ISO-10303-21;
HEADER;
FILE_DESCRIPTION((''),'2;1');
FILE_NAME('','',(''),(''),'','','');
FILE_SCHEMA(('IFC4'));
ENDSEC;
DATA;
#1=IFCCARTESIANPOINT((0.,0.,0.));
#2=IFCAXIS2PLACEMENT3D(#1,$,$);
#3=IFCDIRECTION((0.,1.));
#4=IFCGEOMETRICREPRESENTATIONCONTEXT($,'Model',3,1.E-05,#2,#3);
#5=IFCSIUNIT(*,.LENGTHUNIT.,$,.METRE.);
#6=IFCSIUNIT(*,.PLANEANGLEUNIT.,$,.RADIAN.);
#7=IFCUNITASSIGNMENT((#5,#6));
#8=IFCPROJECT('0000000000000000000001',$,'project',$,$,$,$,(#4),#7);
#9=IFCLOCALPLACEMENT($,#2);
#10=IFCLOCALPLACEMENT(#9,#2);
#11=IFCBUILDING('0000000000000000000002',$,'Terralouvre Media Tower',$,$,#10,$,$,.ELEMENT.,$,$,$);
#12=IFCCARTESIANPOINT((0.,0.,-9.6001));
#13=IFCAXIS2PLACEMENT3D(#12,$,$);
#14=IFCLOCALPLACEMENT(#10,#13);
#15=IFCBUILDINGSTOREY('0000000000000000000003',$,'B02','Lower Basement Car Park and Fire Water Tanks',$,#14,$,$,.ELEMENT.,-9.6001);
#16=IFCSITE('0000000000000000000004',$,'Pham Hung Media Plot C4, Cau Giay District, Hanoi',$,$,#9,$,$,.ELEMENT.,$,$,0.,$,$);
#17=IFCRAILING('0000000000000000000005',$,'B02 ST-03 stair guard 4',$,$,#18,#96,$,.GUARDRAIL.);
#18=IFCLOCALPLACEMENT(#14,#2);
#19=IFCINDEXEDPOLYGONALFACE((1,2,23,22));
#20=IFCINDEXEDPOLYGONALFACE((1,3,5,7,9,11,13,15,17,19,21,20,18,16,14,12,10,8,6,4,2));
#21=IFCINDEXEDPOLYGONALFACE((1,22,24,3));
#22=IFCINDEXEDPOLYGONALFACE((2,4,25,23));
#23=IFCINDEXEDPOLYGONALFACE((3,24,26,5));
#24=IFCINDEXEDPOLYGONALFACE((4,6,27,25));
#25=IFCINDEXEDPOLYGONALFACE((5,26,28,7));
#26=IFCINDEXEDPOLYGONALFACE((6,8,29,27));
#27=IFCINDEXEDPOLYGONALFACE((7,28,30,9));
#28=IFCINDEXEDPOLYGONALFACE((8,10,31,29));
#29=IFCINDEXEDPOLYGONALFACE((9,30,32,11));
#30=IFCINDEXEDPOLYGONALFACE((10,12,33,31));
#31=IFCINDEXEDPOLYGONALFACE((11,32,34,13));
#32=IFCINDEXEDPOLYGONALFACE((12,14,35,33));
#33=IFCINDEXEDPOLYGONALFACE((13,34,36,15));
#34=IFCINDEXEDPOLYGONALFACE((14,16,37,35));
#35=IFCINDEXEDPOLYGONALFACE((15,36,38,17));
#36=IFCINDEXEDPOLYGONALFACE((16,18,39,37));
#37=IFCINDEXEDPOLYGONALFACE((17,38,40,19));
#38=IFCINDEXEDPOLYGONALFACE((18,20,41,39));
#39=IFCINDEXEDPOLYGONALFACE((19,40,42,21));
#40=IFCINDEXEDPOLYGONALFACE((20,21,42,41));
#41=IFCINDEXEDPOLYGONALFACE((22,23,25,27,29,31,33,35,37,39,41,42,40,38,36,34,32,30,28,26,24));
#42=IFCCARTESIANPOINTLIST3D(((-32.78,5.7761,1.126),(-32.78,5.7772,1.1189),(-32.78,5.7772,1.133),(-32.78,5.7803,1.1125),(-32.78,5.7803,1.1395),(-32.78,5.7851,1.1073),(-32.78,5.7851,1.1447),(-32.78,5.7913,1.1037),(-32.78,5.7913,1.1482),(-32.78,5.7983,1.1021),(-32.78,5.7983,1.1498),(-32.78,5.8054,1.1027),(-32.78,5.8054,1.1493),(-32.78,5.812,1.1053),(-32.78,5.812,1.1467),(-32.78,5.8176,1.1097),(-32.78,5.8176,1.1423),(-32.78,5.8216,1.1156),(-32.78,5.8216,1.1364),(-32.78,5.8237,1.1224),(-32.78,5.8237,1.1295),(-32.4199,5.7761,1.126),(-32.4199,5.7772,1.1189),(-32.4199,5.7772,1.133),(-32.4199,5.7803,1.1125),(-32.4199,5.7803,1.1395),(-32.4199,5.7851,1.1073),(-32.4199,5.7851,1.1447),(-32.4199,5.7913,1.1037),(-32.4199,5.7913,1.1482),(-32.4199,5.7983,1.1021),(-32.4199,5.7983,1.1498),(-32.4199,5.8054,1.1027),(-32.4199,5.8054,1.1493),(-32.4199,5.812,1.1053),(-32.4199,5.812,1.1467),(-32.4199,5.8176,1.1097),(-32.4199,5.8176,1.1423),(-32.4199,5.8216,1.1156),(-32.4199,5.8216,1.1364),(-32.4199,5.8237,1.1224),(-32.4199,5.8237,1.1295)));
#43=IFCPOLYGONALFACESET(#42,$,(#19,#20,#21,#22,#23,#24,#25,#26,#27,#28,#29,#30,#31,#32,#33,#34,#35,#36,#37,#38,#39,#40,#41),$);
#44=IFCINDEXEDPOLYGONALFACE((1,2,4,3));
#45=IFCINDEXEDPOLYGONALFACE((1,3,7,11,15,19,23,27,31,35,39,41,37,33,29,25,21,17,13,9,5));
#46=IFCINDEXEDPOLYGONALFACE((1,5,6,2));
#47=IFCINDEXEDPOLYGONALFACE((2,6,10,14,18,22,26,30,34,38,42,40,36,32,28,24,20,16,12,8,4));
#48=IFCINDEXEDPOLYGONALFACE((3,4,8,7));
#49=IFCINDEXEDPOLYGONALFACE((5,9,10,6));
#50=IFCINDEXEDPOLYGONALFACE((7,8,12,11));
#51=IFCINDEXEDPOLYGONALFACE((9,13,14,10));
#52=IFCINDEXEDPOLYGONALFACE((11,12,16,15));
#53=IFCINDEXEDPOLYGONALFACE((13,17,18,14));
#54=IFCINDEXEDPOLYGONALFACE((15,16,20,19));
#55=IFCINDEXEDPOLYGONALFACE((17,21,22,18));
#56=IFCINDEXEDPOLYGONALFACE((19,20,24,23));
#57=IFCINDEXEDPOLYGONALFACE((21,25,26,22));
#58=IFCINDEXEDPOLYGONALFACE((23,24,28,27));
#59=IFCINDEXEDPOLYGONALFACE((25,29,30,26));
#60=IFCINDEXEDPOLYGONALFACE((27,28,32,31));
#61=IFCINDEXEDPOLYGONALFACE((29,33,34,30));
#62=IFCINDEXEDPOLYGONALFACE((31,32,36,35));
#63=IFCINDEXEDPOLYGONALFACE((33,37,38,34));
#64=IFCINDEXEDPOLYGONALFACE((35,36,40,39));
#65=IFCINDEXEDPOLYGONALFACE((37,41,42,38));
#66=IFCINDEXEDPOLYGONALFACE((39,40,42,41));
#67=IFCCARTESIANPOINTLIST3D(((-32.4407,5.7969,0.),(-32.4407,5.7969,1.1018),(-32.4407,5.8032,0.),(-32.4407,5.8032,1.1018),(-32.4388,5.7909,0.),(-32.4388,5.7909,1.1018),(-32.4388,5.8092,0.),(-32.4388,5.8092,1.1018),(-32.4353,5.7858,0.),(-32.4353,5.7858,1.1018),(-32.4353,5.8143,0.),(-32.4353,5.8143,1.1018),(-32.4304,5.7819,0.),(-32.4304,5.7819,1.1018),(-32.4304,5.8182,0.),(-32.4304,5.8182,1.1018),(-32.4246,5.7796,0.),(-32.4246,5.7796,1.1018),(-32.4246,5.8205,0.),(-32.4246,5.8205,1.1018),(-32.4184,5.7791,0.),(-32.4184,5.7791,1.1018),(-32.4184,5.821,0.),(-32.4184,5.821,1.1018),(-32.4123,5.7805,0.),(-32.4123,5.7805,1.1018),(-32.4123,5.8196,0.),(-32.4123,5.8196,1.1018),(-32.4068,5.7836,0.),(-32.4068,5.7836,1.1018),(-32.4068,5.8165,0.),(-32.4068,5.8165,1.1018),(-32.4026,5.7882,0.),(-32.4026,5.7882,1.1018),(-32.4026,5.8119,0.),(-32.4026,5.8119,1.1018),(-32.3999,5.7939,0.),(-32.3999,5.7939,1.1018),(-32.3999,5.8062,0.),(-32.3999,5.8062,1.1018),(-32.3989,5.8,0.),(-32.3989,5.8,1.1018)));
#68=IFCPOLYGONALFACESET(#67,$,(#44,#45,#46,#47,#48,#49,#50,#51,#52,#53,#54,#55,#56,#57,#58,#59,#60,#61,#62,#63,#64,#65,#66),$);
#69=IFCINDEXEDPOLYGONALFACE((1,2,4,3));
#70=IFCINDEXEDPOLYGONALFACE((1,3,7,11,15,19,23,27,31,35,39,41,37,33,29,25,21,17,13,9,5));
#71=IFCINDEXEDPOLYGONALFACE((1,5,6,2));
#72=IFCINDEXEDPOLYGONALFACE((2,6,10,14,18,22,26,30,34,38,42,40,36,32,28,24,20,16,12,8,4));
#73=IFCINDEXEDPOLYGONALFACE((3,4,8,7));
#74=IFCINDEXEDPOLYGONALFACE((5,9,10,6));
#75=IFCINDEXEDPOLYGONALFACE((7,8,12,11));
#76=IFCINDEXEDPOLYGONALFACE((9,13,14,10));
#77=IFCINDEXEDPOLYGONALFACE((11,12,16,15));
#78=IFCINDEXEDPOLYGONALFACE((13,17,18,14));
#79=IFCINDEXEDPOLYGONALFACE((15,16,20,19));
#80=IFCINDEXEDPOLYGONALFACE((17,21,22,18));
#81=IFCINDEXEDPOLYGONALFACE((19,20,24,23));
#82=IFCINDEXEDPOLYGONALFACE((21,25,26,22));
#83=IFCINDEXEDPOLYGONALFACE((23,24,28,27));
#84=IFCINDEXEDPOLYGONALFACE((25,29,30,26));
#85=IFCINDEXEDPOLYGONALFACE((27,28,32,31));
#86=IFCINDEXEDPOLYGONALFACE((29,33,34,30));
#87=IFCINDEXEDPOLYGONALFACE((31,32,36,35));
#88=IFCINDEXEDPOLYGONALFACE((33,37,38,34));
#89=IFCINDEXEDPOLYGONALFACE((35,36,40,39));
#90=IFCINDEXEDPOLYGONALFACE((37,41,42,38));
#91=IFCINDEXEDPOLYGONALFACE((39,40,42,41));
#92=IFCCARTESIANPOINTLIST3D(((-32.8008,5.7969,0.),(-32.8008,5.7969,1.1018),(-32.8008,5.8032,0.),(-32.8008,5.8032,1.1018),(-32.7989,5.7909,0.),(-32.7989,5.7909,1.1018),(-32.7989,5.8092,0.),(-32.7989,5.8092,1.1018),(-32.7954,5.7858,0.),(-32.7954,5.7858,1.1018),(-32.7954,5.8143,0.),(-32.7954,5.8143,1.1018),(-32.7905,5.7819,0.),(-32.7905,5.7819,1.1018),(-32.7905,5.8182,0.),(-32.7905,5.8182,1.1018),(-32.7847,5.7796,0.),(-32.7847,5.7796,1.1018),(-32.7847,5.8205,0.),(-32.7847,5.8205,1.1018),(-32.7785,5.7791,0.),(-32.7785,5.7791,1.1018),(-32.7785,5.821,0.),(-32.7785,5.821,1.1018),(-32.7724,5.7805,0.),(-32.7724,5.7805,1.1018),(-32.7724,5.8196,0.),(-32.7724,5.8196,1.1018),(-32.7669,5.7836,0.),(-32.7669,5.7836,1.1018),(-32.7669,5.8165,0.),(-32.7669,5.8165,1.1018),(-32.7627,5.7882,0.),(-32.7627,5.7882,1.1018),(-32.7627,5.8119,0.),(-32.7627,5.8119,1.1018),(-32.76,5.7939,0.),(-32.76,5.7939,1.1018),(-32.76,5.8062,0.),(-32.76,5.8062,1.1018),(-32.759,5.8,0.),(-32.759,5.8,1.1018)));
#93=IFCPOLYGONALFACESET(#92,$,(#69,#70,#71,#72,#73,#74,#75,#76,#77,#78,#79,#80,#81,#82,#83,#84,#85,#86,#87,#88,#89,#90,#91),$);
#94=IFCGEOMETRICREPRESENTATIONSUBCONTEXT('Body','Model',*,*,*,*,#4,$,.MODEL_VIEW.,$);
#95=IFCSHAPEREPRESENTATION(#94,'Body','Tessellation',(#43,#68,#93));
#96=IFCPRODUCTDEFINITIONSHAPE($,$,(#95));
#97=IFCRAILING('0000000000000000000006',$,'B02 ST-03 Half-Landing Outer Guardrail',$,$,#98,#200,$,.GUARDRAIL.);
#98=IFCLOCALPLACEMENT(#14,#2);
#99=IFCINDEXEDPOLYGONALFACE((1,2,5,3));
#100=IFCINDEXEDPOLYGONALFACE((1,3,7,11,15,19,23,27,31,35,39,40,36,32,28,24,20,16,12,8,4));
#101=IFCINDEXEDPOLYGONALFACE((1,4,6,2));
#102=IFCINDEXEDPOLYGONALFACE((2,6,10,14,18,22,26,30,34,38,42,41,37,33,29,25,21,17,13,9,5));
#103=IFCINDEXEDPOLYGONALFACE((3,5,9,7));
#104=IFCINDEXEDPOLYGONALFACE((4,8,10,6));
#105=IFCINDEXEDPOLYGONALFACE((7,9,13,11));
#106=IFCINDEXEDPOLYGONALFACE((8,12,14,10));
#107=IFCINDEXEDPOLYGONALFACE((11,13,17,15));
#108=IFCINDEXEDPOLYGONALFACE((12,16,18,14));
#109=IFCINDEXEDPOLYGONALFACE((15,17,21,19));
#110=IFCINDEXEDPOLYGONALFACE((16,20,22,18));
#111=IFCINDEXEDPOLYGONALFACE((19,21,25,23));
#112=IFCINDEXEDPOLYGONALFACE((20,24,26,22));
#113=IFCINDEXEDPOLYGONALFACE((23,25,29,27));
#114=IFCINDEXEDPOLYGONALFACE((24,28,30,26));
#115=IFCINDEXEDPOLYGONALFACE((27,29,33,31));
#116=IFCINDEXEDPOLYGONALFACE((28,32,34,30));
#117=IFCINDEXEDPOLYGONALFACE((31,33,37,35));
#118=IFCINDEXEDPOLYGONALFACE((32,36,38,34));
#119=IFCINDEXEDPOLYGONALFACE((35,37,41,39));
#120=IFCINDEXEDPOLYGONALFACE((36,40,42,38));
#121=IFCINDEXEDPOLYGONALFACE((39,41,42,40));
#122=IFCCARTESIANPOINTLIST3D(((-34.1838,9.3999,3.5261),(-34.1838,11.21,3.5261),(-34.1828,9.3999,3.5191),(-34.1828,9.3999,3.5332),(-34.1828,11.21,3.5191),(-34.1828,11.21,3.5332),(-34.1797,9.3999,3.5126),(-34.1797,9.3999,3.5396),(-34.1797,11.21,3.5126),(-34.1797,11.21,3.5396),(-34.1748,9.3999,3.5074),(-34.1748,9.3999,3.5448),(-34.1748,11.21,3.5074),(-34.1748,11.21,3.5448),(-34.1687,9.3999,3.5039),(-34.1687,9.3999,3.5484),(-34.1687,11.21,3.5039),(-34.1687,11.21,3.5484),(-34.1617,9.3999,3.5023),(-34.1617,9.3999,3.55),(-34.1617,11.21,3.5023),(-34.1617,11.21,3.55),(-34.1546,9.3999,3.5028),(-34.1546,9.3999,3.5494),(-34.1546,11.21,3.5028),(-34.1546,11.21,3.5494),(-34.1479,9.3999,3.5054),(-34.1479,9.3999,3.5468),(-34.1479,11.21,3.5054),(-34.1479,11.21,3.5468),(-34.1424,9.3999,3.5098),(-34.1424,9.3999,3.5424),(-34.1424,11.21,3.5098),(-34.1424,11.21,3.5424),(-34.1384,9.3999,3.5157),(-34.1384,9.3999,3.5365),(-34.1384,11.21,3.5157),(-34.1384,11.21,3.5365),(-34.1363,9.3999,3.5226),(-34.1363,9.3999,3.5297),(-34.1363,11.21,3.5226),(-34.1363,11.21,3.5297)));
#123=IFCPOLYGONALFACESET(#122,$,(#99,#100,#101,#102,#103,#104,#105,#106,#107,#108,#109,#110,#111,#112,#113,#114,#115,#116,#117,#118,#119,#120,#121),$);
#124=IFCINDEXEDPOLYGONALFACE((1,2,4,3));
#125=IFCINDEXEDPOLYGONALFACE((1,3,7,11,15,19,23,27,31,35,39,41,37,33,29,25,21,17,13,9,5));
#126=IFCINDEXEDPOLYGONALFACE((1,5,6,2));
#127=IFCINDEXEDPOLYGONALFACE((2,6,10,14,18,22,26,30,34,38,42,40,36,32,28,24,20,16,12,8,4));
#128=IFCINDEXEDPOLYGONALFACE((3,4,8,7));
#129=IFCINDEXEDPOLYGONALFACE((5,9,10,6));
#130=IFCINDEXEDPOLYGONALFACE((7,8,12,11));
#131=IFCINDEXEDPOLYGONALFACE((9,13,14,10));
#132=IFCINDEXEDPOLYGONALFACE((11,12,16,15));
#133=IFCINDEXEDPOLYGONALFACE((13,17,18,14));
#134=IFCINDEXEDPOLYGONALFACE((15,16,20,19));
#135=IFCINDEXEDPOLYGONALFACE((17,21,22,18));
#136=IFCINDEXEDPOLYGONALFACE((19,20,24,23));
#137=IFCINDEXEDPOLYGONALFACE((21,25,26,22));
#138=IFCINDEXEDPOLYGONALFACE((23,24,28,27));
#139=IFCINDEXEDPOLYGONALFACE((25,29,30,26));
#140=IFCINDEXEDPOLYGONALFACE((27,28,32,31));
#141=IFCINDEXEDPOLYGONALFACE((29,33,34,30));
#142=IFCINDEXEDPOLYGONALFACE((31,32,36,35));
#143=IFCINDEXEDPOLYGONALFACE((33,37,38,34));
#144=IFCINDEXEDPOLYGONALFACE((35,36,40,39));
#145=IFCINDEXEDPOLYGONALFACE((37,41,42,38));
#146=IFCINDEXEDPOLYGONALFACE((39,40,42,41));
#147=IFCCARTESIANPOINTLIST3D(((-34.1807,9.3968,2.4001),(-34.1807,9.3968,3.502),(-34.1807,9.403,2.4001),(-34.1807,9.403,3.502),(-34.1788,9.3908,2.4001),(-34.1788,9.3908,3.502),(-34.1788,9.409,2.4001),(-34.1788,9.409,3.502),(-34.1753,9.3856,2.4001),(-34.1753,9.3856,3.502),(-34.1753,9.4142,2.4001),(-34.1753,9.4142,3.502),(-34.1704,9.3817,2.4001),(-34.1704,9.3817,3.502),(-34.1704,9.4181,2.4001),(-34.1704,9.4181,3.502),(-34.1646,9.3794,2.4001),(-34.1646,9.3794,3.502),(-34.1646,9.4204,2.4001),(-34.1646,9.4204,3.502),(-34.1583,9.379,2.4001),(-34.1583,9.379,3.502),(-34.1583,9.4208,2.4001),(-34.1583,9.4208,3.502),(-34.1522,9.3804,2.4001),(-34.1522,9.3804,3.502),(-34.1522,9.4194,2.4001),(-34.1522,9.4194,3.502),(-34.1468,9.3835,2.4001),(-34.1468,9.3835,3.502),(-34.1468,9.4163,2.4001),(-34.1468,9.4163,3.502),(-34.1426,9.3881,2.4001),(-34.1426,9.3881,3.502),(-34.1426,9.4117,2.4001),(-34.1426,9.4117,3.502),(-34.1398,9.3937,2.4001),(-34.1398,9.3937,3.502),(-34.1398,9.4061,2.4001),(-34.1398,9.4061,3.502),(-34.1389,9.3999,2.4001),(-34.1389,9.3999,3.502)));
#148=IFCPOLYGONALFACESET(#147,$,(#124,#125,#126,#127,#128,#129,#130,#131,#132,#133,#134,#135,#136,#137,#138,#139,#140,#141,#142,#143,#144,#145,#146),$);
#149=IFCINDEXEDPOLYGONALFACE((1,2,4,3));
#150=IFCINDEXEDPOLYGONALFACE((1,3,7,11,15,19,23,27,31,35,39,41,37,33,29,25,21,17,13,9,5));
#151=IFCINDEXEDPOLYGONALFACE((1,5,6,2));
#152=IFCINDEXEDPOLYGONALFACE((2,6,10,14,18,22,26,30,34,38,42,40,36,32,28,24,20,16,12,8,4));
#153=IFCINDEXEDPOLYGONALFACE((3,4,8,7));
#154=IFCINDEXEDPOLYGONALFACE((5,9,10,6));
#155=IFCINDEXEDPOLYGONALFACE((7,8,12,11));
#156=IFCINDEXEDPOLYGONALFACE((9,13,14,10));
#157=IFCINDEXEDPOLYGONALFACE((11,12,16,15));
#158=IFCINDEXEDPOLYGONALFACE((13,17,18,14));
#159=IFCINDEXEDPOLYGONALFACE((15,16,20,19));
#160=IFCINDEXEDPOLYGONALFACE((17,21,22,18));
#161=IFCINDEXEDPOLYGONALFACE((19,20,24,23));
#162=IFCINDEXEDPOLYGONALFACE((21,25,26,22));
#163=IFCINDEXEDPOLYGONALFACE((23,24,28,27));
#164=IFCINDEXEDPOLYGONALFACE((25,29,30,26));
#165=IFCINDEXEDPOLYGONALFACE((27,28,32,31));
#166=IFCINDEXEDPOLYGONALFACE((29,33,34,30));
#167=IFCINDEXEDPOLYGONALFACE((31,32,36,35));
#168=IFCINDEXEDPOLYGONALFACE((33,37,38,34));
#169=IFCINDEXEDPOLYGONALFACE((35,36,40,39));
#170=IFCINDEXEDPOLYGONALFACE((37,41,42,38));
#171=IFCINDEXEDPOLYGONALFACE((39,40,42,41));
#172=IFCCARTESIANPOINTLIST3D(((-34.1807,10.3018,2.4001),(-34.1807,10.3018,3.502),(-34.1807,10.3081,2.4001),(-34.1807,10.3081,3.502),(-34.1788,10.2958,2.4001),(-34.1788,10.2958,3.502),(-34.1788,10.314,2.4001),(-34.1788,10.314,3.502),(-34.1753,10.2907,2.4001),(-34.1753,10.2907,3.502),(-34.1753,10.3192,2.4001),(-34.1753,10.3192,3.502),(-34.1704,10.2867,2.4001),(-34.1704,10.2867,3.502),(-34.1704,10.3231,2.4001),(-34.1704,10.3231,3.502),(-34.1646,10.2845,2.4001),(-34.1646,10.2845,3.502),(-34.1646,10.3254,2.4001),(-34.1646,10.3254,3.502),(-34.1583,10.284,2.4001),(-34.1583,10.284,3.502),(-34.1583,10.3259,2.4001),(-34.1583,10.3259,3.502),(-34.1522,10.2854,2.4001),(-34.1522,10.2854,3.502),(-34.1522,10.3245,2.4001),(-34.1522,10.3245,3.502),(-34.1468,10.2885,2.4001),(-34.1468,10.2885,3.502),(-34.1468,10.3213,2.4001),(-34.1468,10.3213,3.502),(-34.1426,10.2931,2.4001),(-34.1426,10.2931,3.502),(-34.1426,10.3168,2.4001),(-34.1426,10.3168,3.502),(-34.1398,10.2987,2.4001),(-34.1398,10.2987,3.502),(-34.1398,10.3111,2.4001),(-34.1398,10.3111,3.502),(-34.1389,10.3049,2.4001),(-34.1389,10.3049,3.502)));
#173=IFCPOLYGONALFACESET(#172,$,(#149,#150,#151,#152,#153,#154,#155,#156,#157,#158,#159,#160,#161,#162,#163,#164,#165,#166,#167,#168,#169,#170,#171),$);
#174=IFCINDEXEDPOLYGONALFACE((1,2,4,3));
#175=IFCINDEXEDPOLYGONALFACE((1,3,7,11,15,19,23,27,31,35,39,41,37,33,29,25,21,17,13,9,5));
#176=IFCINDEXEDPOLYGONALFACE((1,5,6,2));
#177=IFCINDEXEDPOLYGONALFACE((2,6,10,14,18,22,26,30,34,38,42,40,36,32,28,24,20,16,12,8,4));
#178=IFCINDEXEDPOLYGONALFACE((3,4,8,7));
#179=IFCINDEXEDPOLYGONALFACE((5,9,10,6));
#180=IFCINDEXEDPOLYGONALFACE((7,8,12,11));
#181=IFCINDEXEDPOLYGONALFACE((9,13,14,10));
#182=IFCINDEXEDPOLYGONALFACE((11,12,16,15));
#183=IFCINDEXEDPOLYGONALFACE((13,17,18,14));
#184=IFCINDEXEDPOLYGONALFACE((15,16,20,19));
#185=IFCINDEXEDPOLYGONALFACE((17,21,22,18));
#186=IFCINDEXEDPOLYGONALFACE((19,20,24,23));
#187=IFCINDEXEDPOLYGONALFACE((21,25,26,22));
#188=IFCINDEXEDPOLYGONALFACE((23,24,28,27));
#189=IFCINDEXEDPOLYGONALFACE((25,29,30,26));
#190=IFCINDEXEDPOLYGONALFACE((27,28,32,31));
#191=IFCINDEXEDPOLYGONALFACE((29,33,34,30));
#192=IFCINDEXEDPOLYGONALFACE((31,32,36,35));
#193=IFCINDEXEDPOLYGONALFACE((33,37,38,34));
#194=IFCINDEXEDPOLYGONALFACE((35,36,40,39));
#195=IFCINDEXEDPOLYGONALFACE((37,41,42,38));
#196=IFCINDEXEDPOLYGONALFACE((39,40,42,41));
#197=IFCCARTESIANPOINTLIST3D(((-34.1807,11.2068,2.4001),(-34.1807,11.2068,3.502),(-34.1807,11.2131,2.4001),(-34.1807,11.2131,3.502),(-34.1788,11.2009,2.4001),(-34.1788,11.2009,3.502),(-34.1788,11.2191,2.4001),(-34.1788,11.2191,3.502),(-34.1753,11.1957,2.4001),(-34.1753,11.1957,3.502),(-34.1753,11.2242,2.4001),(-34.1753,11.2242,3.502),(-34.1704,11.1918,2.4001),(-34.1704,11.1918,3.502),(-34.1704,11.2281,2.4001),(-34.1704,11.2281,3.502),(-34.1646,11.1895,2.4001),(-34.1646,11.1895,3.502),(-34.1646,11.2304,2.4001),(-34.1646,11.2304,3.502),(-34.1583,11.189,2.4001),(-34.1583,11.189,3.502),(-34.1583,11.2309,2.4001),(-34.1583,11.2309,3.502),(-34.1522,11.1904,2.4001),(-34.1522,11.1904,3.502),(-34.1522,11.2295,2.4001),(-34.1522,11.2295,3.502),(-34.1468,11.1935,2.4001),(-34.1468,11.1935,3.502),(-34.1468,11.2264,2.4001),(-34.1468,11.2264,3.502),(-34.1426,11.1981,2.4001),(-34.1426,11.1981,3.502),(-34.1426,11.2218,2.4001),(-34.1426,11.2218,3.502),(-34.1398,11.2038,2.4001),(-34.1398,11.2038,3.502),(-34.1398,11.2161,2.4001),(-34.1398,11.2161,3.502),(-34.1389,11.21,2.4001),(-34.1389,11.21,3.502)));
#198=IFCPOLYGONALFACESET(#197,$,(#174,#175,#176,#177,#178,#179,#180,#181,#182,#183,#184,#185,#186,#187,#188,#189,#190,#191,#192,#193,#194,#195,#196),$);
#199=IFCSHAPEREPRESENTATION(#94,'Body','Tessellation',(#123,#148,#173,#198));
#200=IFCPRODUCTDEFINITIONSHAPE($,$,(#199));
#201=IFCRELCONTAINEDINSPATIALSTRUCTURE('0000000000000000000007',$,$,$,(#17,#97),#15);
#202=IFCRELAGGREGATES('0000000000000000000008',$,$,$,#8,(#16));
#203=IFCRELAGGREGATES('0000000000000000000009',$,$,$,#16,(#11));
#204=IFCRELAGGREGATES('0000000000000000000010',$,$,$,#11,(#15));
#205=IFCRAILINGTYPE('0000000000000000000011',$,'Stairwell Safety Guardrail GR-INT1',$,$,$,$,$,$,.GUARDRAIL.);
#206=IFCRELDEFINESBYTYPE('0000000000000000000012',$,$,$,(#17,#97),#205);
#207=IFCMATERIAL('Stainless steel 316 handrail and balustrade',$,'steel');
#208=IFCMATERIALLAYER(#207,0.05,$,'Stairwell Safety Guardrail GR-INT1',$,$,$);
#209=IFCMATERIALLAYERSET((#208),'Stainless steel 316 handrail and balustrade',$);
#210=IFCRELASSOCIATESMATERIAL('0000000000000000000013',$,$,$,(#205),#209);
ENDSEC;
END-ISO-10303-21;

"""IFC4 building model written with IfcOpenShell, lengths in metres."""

from ifc_helpers import new_model, si_unit, direction, frame, origin, origin_2d, place, context, subcontext, project, spatial, circle, extrude, material, layer, layer_set, type_object, element, save


model = new_model("IFC4")

# Units and contexts
model_context = context("Model", 3, precision=1e-05, world=origin(), true_north=direction((0.0, 1.0)))
body_context = subcontext(model_context, "Body", "Model", "MODEL_VIEW")
ifc_project = project(units=[si_unit("LENGTHUNIT", "METRE"), si_unit("PLANEANGLEUNIT", "RADIAN")], contexts=[model_context])

# Site, building, storey
site_placement = place(None, origin())
site = spatial("IfcSite", under=ifc_project, at=site_placement, Name="Pham Hung Media Plot C4, Cau Giay District, Hanoi", CompositionType="ELEMENT", RefElevation=0.0)
building_placement = place(site_placement, origin())
building = spatial("IfcBuilding", under=site, at=building_placement, Name="Terralouvre Media Tower", CompositionType="ELEMENT")
storey_placement = place(building_placement, frame((0.0, 0.0, -9.6001)))
storey = spatial("IfcBuildingStorey", under=building, at=storey_placement, Name="B02", Description="Lower Basement Car Park and Fire Water Tanks", CompositionType="ELEMENT", Elevation=-9.6001)

# Railings
ifc_material_1 = material(Name="Stainless steel 316 handrail and balustrade", Category="steel")
ifc_layer_1 = layer(ifc_material_1, 0.05, Name="Stairwell Safety Guardrail GR-INT1")
ifc_layer_set_1 = layer_set([ifc_layer_1], Name="Stainless steel 316 handrail and balustrade")
railing_type_1 = type_object("IfcRailingType", Name="Stairwell Safety Guardrail GR-INT1", PredefinedType="GUARDRAIL", material=ifc_layer_set_1)
railing_1_placement = place(storey_placement, frame((-32.4199, 5.8, 0.0)))
element("IfcRailing", 1, at=railing_1_placement, inside=storey, type_object=railing_type_1, Name="B02 ST-03 stair guard 4", PredefinedType="GUARDRAIL", context=body_context, shape_type="SweptSolid", body=[
    extrude(circle(Radius=0.0239, at=origin_2d()), frame((0.0, 0.0, 1.126), z_axis=(-1.0, 0.0, 0.0), x_axis=(0.0, -1.0, 0.0)), (0.0, 0.0, 1.0), 0.3601),
    extrude(circle(Radius=0.021, at=origin_2d()), origin(), (0.0, 0.0, 1.0), 1.1018),
    extrude(circle(Radius=0.021, at=origin_2d()), frame((-0.3601, 0.0, 0.0)), (0.0, 0.0, 1.0), 1.1018),
])
railing_2_placement = place(storey_placement, frame((-34.1599, 9.3999, 2.4001)))
element("IfcRailing", 2, at=railing_2_placement, inside=storey, type_object=railing_type_1, Name="B02 ST-03 Half-Landing Outer Guardrail", PredefinedType="GUARDRAIL", context=body_context, shape_type="SweptSolid", body=[
    extrude(circle(Radius=0.0239, at=origin_2d()), frame((0.0, 0.0, 1.126), z_axis=(0.0, 1.0, 0.0), x_axis=(-1.0, 0.0, 0.0)), (0.0, 0.0, 1.0), 1.8101),
    extrude(circle(Radius=0.021, at=origin_2d()), origin(), (0.0, 0.0, 1.0), 1.1018),
    extrude(circle(Radius=0.021, at=origin_2d()), frame((0.0, 0.905, 0.0)), (0.0, 0.0, 1.0), 1.1018),
    extrude(circle(Radius=0.021, at=origin_2d()), frame((0.0, 1.8101, 0.0)), (0.0, 0.0, 1.0), 1.1018),
])

save(model, "model.ifc")
